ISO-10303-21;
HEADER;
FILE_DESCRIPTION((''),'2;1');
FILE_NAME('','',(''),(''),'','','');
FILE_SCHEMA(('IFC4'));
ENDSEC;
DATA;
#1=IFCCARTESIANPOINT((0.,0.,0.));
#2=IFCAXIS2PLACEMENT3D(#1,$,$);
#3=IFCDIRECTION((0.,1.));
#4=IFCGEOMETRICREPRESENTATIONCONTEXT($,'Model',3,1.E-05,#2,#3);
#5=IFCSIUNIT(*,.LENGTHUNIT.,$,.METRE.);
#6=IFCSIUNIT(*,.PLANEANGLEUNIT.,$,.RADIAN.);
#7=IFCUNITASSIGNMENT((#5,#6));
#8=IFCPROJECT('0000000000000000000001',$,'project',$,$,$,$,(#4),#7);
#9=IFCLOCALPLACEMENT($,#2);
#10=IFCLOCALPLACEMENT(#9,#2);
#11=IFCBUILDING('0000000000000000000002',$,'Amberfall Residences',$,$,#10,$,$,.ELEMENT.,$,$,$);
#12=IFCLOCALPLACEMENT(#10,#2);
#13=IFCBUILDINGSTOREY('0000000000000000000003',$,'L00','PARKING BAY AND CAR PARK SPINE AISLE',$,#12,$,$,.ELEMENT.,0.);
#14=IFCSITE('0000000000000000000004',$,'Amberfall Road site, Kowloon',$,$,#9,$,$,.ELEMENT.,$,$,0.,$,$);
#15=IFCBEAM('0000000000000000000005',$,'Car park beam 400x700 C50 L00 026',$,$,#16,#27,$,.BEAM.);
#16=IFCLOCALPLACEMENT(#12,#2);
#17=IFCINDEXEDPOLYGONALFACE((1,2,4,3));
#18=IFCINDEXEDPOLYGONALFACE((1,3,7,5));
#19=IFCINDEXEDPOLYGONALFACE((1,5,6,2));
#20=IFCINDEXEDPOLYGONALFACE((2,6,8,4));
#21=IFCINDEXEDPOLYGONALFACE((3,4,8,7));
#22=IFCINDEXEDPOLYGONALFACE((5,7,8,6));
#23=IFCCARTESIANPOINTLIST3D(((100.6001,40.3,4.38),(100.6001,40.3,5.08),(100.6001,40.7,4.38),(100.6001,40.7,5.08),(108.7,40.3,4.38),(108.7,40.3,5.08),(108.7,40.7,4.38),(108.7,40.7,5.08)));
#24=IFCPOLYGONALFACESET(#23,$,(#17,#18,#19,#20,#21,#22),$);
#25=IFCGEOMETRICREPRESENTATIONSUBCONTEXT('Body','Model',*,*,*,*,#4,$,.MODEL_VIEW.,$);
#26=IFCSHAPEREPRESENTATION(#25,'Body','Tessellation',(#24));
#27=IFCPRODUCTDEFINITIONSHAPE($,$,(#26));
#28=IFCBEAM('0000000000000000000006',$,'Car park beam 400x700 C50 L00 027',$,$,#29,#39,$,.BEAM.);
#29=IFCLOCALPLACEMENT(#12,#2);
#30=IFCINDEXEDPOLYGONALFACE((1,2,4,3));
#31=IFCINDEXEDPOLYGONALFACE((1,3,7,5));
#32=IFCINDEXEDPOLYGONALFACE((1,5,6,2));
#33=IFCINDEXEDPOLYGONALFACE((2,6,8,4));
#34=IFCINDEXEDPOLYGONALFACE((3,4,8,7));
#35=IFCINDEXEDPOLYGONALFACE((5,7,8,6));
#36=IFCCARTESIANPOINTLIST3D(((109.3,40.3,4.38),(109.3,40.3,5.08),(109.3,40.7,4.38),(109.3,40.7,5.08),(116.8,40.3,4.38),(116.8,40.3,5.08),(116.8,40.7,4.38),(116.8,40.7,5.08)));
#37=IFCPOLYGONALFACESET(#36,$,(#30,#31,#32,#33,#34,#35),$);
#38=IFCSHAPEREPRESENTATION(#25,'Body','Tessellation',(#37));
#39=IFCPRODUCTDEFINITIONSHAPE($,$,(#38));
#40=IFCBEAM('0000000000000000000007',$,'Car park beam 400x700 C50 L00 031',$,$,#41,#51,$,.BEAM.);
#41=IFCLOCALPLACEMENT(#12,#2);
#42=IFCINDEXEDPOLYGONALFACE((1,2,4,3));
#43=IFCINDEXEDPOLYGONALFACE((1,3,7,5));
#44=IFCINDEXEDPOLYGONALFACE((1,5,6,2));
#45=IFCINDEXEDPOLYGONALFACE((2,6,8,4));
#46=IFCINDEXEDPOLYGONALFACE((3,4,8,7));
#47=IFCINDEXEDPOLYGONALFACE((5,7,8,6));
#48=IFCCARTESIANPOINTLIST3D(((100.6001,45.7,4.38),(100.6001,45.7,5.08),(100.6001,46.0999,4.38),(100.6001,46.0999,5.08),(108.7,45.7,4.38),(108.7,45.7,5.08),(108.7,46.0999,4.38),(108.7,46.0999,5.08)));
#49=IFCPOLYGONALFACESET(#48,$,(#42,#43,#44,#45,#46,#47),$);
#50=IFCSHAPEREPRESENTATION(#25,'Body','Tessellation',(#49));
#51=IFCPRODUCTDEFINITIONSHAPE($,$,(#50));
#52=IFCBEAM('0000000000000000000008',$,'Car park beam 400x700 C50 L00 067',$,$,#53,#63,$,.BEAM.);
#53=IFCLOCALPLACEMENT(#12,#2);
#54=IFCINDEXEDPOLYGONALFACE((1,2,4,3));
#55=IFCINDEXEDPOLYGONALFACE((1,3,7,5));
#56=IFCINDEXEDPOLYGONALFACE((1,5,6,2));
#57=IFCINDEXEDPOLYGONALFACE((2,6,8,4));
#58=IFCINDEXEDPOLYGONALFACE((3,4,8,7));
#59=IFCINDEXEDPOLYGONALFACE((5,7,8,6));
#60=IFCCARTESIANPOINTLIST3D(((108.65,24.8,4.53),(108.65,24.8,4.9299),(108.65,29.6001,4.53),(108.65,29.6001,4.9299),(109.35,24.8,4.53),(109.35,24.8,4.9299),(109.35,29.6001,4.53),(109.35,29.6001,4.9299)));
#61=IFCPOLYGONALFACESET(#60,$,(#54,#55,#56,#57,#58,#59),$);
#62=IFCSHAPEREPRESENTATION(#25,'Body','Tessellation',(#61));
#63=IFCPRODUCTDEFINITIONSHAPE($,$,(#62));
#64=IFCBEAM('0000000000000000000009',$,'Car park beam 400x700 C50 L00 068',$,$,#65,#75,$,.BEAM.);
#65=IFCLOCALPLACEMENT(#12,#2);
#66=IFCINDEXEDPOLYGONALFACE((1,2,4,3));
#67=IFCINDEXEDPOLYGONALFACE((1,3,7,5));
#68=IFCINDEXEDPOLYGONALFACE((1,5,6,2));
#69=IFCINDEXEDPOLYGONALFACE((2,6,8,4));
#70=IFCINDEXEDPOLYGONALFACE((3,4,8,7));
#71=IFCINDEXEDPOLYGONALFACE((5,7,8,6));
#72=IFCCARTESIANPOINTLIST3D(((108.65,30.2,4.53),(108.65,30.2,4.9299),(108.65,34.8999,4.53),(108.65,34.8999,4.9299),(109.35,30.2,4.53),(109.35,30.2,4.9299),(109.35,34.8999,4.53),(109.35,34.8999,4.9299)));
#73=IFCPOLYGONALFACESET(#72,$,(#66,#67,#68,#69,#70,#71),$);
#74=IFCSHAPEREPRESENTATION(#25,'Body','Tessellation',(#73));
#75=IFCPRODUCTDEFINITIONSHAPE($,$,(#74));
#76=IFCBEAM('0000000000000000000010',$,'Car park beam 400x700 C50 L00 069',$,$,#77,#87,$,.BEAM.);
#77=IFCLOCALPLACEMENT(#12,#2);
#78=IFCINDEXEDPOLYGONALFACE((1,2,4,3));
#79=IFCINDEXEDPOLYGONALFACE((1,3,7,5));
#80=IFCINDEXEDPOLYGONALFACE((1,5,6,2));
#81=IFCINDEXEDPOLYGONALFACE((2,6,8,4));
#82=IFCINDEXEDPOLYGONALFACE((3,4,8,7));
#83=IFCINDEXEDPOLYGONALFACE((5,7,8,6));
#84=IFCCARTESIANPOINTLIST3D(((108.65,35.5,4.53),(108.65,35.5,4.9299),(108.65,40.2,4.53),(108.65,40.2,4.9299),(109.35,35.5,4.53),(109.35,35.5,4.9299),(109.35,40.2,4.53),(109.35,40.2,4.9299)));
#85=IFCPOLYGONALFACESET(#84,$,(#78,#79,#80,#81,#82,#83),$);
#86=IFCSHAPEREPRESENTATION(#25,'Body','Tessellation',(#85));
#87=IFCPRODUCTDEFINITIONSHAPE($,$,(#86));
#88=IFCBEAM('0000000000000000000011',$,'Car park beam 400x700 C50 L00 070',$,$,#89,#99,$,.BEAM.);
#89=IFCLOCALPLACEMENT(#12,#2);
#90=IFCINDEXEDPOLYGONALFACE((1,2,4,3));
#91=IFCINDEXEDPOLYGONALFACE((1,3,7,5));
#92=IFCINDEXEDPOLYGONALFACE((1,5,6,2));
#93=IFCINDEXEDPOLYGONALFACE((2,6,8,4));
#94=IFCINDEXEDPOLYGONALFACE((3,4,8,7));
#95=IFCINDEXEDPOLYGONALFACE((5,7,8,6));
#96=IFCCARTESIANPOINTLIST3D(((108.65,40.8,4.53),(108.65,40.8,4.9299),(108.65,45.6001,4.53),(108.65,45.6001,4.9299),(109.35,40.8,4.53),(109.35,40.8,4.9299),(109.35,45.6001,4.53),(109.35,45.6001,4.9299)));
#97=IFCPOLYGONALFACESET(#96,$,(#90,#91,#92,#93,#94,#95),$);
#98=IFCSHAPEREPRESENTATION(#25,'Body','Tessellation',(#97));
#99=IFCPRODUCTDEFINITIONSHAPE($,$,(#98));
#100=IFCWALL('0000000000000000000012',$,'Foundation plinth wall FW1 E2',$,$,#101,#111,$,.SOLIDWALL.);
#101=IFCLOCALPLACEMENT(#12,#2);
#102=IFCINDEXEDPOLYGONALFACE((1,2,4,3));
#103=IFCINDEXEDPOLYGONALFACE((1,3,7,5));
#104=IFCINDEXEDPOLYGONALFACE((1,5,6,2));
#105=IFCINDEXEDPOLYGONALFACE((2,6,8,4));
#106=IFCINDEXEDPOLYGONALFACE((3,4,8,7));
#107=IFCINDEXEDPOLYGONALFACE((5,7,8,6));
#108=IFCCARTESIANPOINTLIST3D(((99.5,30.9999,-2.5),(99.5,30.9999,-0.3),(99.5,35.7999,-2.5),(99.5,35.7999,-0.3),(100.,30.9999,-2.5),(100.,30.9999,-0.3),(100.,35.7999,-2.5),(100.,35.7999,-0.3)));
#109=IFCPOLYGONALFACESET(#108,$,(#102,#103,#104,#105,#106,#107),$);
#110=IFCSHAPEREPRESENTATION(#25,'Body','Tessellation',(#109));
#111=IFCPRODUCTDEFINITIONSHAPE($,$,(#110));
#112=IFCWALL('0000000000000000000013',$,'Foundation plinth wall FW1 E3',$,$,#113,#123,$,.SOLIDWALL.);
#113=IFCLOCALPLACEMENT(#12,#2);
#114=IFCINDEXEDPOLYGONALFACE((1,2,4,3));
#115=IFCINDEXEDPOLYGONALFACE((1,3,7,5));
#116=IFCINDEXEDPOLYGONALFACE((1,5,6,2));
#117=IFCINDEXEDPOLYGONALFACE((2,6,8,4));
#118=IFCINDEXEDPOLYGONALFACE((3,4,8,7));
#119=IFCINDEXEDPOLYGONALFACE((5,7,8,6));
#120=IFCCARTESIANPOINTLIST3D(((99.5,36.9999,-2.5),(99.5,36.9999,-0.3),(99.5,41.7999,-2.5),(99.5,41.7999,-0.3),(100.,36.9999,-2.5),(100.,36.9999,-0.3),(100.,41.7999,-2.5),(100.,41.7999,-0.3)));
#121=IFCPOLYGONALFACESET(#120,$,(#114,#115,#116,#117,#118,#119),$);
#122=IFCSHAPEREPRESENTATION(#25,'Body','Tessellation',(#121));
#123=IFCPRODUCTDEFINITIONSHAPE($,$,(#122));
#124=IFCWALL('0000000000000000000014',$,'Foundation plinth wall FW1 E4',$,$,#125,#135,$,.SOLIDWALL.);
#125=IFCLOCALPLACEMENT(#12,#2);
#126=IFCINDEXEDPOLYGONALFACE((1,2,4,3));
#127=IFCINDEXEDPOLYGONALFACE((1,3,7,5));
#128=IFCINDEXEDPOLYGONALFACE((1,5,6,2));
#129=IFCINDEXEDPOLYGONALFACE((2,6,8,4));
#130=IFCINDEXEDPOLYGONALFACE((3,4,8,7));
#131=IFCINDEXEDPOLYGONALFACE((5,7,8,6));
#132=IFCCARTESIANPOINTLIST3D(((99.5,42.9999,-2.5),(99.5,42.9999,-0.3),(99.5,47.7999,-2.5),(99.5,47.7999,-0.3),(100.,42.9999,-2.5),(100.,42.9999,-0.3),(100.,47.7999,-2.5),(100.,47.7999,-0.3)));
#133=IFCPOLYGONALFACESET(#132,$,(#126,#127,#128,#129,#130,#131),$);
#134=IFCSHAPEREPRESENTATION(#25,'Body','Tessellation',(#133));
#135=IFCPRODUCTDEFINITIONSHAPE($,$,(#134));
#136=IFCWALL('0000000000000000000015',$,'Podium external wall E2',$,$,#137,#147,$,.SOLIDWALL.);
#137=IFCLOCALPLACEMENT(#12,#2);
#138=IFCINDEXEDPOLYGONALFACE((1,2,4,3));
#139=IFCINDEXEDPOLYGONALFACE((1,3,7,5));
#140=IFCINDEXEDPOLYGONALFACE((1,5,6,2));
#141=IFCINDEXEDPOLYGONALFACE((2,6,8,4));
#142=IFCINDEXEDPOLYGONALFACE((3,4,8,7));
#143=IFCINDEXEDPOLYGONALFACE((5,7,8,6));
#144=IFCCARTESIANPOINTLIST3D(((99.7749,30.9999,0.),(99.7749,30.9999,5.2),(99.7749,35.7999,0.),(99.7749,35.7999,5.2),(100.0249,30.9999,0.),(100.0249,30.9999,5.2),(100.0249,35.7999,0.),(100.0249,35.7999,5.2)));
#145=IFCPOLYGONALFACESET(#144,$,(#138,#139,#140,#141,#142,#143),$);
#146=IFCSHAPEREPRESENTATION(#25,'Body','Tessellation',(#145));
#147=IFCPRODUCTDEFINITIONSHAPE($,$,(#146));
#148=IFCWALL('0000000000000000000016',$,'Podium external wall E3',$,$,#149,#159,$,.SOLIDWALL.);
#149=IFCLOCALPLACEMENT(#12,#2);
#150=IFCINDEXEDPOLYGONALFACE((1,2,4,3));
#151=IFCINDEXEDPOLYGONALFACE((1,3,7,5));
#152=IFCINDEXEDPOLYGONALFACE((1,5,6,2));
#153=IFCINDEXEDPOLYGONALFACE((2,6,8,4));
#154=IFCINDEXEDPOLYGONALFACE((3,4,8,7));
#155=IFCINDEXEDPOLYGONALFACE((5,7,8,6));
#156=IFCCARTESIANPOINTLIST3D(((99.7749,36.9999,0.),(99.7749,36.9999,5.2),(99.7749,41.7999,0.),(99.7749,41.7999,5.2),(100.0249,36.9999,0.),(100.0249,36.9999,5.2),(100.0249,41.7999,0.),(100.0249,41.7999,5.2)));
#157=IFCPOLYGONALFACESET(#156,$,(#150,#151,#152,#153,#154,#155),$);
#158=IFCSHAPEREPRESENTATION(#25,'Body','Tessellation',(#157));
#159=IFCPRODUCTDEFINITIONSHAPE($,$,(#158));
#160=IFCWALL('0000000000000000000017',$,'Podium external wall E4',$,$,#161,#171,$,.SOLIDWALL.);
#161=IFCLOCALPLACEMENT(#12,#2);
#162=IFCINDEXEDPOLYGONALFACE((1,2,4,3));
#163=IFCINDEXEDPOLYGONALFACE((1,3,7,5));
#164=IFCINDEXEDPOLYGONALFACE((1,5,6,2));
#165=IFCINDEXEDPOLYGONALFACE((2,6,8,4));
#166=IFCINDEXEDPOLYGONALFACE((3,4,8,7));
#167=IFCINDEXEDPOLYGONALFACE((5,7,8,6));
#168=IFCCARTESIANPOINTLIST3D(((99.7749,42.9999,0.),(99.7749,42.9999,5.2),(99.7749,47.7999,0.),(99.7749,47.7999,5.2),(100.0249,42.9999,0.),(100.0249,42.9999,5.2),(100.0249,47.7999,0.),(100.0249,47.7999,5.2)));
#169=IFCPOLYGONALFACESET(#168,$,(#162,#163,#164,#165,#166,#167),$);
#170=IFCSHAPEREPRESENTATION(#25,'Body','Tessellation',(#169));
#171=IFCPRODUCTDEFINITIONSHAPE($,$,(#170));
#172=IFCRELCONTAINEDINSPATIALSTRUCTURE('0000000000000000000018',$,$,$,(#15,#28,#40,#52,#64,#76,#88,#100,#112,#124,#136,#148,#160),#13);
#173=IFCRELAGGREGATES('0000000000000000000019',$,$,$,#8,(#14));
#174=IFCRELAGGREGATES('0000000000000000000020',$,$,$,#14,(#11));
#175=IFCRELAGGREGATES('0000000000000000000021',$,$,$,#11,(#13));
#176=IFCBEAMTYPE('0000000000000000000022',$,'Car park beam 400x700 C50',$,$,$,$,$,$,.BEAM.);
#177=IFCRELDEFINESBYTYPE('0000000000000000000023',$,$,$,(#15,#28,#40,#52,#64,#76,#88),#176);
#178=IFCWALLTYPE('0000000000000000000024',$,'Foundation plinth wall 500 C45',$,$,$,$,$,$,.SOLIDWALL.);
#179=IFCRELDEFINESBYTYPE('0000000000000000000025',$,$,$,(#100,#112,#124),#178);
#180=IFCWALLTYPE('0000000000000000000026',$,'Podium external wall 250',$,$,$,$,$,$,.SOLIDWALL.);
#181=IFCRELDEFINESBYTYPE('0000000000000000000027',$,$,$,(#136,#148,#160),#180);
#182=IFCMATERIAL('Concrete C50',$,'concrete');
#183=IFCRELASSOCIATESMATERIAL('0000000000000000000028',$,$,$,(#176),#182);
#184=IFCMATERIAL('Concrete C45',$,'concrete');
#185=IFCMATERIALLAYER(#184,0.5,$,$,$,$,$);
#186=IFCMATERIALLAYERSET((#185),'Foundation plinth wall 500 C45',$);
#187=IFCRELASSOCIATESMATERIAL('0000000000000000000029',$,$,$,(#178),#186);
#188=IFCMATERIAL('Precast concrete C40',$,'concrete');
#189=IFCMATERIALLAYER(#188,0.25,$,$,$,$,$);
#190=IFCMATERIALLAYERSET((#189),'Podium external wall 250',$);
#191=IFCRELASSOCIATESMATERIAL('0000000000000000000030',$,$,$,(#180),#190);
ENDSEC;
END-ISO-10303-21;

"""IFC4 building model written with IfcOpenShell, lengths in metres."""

from ifc_helpers import new_model, si_unit, direction, frame, frame_2d, origin, origin_2d, place, context, subcontext, project, spatial, rectangle, extrude, material, layer, layer_set, material_profile, profile_set, type_object, element, save


model = new_model("IFC4")

# Units and contexts
model_context = context("Model", 3, precision=1e-05, world=origin(), true_north=direction((0.0, 1.0)))
body_context = subcontext(model_context, "Body", "Model", "MODEL_VIEW")
ifc_project = project(units=[si_unit("LENGTHUNIT", "METRE"), si_unit("PLANEANGLEUNIT", "RADIAN")], contexts=[model_context])

# Site, building, storey
site_placement = place(None, origin())
site = spatial("IfcSite", under=ifc_project, at=site_placement, Name="Amberfall Road site, Kowloon", CompositionType="ELEMENT", RefElevation=0.0)
building_placement = place(site_placement, origin())
building = spatial("IfcBuilding", under=site, at=building_placement, Name="Amberfall Residences", CompositionType="ELEMENT")
storey_placement = place(building_placement, origin())
storey = spatial("IfcBuildingStorey", under=building, at=storey_placement, Name="L00", Description="PARKING BAY AND CAR PARK SPINE AISLE", CompositionType="ELEMENT", Elevation=0.0)

# Shared definitions
ifc_material_1 = material(Name="Concrete C50", Category="concrete")

# Beams
ifc_material_profile_1 = material_profile(ifc_material_1, rectangle(XDim=0.3999, YDim=0.7, at=origin_2d()), Name="RC 400x700")
ifc_profile_set_1 = profile_set([ifc_material_profile_1], Name="Concrete C50")
beam_type = type_object("IfcBeamType", Name="Car park beam 400x700 C50", PredefinedType="BEAM", material=ifc_profile_set_1)
beam_1_placement = place(storey_placement, frame((100.6001, 40.5, 4.73), z_axis=(1.0, 0.0, 0.0), x_axis=(0.0, 1.0, 0.0)))
element("IfcBeam", 1, at=beam_1_placement, inside=storey, type_object=beam_type, Name="Car park beam 400x700 C50 L00 026", PredefinedType="BEAM", context=body_context, shape_type="SweptSolid", body=[
    extrude(rectangle(XDim=0.3999, YDim=0.7, at=origin_2d()), origin(), (0.0, 0.0, 1.0), 8.0999),
])
beam_2_placement = place(storey_placement, frame((109.3, 40.5, 4.73), z_axis=(1.0, 0.0, 0.0), x_axis=(0.0, 1.0, 0.0)))
element("IfcBeam", 2, at=beam_2_placement, inside=storey, type_object=beam_type, Name="Car park beam 400x700 C50 L00 027", PredefinedType="BEAM", context=body_context, shape_type="SweptSolid", body=[
    extrude(rectangle(XDim=0.3999, YDim=0.7, at=origin_2d()), origin(), (0.0, 0.0, 1.0), 7.5),
])
beam_3_placement = place(storey_placement, frame((100.6001, 45.8999, 4.73), z_axis=(1.0, 0.0, 0.0), x_axis=(0.0, 1.0, 0.0)))
element("IfcBeam", 3, at=beam_3_placement, inside=storey, type_object=beam_type, Name="Car park beam 400x700 C50 L00 031", PredefinedType="BEAM", context=body_context, shape_type="SweptSolid", body=[
    extrude(rectangle(XDim=0.3999, YDim=0.7, at=origin_2d()), origin(), (0.0, 0.0, 1.0), 8.0999),
])
beam_4_placement = place(storey_placement, frame((109.0, 24.8, 4.73), z_axis=(0.0, 1.0, 0.0), x_axis=(0.0, 0.0, 1.0)))
element("IfcBeam", 4, at=beam_4_placement, inside=storey, type_object=beam_type, Name="Car park beam 400x700 C50 L00 067", PredefinedType="BEAM", context=body_context, shape_type="SweptSolid", body=[
    extrude(rectangle(XDim=0.3999, YDim=0.7, at=origin_2d()), origin(), (0.0, 0.0, 1.0), 4.8),
])
for number, where, z_axis, x_axis, name in (
    (5, (109.0, 30.2, 4.73), (0.0, 1.0, 0.0), (0.0, 0.0, 1.0), "Car park beam 400x700 C50 L00 068"),
    (6, (109.0, 35.5, 4.73), (0.0, 1.0, 0.0), (0.0, 0.0, 1.0), "Car park beam 400x700 C50 L00 069"),
):
    element("IfcBeam", number, at=place(storey_placement, frame(where, z_axis=z_axis, x_axis=x_axis)), inside=storey, type_object=beam_type, Name=name, PredefinedType="BEAM", context=body_context, shape_type="SweptSolid", body=[
        extrude(rectangle(XDim=0.3999, YDim=0.7, at=origin_2d()), origin(), (0.0, 0.0, 1.0), 4.7),
    ])
beam_5_placement = place(storey_placement, frame((109.0, 40.8, 4.73), z_axis=(0.0, 1.0, 0.0), x_axis=(0.0, 0.0, 1.0)))
element("IfcBeam", 7, at=beam_5_placement, inside=storey, type_object=beam_type, Name="Car park beam 400x700 C50 L00 070", PredefinedType="BEAM", context=body_context, shape_type="SweptSolid", body=[
    extrude(rectangle(XDim=0.3999, YDim=0.7, at=origin_2d()), origin(), (0.0, 0.0, 1.0), 4.8),
])

# Walls
ifc_material_2 = material(Name="Concrete C45", Category="concrete")
ifc_layer_1 = layer(ifc_material_2, 0.5)
ifc_layer_set_1 = layer_set([ifc_layer_1], Name="Foundation plinth wall 500 C45")
wall_type_1 = type_object("IfcWallType", Name="Foundation plinth wall 500 C45", PredefinedType="SOLIDWALL", material=ifc_layer_set_1)
for number, where, z_axis, x_axis, name in (
    (8, (99.75, 31.0, -2.5), (0.0, 0.0, 1.0), (0.0, 1.0, 0.0), "Foundation plinth wall FW1 E2"),
    (9, (99.75, 37.0, -2.5), (0.0, 0.0, 1.0), (0.0, 1.0, 0.0), "Foundation plinth wall FW1 E3"),
    (10, (99.75, 43.0, -2.5), (0.0, 0.0, 1.0), (0.0, 1.0, 0.0), "Foundation plinth wall FW1 E4"),
):
    element("IfcWall", number, at=place(storey_placement, frame(where, z_axis=z_axis, x_axis=x_axis)), inside=storey, type_object=wall_type_1, Name=name, PredefinedType="SOLIDWALL", context=body_context, shape_type="SweptSolid", body=[
        extrude(rectangle(XDim=4.8, YDim=0.5, at=frame_2d((2.3999, 0.0))), origin(), (0.0, 0.0, 1.0), 2.2),
    ])
ifc_material_3 = material(Name="Precast concrete C40", Category="concrete")
ifc_layer_2 = layer(ifc_material_3, 0.25)
ifc_layer_set_2 = layer_set([ifc_layer_2], Name="Podium external wall 250")
wall_type_2 = type_object("IfcWallType", Name="Podium external wall 250", PredefinedType="SOLIDWALL", material=ifc_layer_set_2)
for number, where, z_axis, x_axis, name in (
    (11, (99.8999, 31.0, 0.0), (0.0, 0.0, 1.0), (0.0, 1.0, 0.0), "Podium external wall E2"),
    (12, (99.8999, 37.0, 0.0), (0.0, 0.0, 1.0), (0.0, 1.0, 0.0), "Podium external wall E3"),
    (13, (99.8999, 43.0, 0.0), (0.0, 0.0, 1.0), (0.0, 1.0, 0.0), "Podium external wall E4"),
):
    element("IfcWall", number, at=place(storey_placement, frame(where, z_axis=z_axis, x_axis=x_axis)), inside=storey, type_object=wall_type_2, Name=name, PredefinedType="SOLIDWALL", context=body_context, shape_type="SweptSolid", body=[
        extrude(rectangle(XDim=4.8, YDim=0.25, at=frame_2d((2.3999, 0.0))), origin(), (0.0, 0.0, 1.0), 5.2),
    ])

save(model, "model.ifc")
